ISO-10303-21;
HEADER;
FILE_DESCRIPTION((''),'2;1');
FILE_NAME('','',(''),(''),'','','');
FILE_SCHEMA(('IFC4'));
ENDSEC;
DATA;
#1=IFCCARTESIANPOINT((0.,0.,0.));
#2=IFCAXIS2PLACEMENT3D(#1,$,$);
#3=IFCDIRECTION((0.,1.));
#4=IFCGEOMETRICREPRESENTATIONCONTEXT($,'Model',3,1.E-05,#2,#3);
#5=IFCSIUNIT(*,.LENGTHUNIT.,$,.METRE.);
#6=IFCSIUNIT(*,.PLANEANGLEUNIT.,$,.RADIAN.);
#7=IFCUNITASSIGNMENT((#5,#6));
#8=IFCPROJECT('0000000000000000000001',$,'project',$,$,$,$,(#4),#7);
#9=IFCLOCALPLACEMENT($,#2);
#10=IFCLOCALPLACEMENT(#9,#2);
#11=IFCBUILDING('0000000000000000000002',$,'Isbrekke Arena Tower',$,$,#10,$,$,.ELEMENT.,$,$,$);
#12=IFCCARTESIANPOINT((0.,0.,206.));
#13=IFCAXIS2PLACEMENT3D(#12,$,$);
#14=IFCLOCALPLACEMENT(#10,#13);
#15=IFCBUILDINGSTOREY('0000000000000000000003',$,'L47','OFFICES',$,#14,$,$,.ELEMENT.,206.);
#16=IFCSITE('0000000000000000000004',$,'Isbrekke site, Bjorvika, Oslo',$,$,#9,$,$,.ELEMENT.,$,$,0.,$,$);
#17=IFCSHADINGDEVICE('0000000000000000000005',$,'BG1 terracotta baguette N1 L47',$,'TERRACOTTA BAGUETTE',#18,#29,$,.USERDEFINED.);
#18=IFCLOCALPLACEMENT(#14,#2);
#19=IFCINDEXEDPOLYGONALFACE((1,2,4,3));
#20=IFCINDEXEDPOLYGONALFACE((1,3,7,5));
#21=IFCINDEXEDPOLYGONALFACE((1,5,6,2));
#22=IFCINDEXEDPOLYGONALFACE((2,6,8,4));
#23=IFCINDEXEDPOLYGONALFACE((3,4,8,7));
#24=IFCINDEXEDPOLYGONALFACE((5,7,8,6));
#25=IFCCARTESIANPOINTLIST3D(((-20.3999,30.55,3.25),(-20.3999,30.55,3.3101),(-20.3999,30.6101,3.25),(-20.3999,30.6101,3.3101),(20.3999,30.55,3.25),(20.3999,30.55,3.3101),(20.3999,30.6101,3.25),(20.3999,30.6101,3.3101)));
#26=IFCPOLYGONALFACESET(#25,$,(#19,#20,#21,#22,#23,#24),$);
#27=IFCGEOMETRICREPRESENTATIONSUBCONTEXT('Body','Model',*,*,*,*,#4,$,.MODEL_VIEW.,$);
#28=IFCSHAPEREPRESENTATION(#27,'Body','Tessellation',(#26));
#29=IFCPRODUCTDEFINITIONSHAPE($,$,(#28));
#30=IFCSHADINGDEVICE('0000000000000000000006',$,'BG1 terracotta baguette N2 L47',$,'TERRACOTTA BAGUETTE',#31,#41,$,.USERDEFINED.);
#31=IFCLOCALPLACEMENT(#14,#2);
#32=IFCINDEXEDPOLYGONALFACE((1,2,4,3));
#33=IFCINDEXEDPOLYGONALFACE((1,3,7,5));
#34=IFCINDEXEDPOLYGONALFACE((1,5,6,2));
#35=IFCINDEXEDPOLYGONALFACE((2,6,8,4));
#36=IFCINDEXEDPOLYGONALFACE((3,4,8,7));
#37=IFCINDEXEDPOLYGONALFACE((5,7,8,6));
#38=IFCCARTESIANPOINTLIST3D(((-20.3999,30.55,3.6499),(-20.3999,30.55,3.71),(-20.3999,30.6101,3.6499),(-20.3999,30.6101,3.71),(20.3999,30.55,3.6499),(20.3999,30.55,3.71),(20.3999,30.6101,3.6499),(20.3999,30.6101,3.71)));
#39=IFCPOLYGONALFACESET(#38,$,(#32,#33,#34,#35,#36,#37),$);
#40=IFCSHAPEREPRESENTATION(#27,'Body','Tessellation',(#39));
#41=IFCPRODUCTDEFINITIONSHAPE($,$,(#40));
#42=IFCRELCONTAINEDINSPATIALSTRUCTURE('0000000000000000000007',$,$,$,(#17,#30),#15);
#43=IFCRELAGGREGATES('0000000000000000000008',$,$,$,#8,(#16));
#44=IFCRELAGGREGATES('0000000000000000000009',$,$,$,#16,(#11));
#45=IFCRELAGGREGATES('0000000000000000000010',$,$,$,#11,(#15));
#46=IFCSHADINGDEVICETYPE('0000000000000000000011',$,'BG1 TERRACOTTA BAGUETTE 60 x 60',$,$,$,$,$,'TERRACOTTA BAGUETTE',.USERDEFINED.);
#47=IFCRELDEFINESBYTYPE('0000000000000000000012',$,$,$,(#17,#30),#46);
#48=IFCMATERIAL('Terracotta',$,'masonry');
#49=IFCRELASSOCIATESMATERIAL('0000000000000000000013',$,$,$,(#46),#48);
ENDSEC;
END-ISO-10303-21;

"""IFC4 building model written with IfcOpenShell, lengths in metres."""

from ifc_helpers import new_model, si_unit, direction, frame, origin, origin_2d, place, context, subcontext, project, spatial, rectangle, extrude, material, material_profile, profile_set, type_object, element, save


model = new_model("IFC4")

# Units and contexts
model_context = context("Model", 3, precision=1e-05, world=origin(), true_north=direction((0.0, 1.0)))
body_context = subcontext(model_context, "Body", "Model", "MODEL_VIEW")
ifc_project = project(units=[si_unit("LENGTHUNIT", "METRE"), si_unit("PLANEANGLEUNIT", "RADIAN")], contexts=[model_context])

# Site, building, storey
site_placement = place(None, origin())
site = spatial("IfcSite", under=ifc_project, at=site_placement, Name="Isbrekke site, Bjorvika, Oslo", CompositionType="ELEMENT", RefElevation=0.0)
building_placement = place(site_placement, origin())
building = spatial("IfcBuilding", under=site, at=building_placement, Name="Isbrekke Arena Tower", CompositionType="ELEMENT")
storey_placement = place(building_placement, frame((0.0, 0.0, 206.0)))
storey = spatial("IfcBuildingStorey", under=building, at=storey_placement, Name="L47", Description="OFFICES", CompositionType="ELEMENT", Elevation=206.0)

# Shading devices
ifc_material_1 = material(Name="Terracotta", Category="masonry")
ifc_material_profile_1 = material_profile(ifc_material_1, rectangle(XDim=0.0601, YDim=0.0601, at=origin_2d()), Name="BAGUETTE 60X60")
ifc_profile_set_1 = profile_set([ifc_material_profile_1], Name="Terracotta")
shading_device_type = type_object("IfcShadingDeviceType", Name="BG1 TERRACOTTA BAGUETTE 60 x 60", ElementType="TERRACOTTA BAGUETTE", PredefinedType="USERDEFINED", material=ifc_profile_set_1)
for number, where, z_axis, x_axis, name in (
    (1, (20.3999, 30.5801, 3.28), (-1.0, 0.0, 0.0), (0.0, -1.0, 0.0), "BG1 terracotta baguette N1 L47"),
    (2, (20.3999, 30.5801, 3.6799), (-1.0, 0.0, 0.0), (0.0, -1.0, 0.0), "BG1 terracotta baguette N2 L47"),
):
    element("IfcShadingDevice", number, at=place(storey_placement, frame(where, z_axis=z_axis, x_axis=x_axis)), inside=storey, type_object=shading_device_type, Name=name, ObjectType="TERRACOTTA BAGUETTE", PredefinedType="USERDEFINED", context=body_context, shape_type="SweptSolid", body=[
        extrude(rectangle(XDim=0.0601, YDim=0.0601, at=origin_2d()), origin(), (0.0, 0.0, 1.0), 40.7998),
    ])

save(model, "model.ifc")
